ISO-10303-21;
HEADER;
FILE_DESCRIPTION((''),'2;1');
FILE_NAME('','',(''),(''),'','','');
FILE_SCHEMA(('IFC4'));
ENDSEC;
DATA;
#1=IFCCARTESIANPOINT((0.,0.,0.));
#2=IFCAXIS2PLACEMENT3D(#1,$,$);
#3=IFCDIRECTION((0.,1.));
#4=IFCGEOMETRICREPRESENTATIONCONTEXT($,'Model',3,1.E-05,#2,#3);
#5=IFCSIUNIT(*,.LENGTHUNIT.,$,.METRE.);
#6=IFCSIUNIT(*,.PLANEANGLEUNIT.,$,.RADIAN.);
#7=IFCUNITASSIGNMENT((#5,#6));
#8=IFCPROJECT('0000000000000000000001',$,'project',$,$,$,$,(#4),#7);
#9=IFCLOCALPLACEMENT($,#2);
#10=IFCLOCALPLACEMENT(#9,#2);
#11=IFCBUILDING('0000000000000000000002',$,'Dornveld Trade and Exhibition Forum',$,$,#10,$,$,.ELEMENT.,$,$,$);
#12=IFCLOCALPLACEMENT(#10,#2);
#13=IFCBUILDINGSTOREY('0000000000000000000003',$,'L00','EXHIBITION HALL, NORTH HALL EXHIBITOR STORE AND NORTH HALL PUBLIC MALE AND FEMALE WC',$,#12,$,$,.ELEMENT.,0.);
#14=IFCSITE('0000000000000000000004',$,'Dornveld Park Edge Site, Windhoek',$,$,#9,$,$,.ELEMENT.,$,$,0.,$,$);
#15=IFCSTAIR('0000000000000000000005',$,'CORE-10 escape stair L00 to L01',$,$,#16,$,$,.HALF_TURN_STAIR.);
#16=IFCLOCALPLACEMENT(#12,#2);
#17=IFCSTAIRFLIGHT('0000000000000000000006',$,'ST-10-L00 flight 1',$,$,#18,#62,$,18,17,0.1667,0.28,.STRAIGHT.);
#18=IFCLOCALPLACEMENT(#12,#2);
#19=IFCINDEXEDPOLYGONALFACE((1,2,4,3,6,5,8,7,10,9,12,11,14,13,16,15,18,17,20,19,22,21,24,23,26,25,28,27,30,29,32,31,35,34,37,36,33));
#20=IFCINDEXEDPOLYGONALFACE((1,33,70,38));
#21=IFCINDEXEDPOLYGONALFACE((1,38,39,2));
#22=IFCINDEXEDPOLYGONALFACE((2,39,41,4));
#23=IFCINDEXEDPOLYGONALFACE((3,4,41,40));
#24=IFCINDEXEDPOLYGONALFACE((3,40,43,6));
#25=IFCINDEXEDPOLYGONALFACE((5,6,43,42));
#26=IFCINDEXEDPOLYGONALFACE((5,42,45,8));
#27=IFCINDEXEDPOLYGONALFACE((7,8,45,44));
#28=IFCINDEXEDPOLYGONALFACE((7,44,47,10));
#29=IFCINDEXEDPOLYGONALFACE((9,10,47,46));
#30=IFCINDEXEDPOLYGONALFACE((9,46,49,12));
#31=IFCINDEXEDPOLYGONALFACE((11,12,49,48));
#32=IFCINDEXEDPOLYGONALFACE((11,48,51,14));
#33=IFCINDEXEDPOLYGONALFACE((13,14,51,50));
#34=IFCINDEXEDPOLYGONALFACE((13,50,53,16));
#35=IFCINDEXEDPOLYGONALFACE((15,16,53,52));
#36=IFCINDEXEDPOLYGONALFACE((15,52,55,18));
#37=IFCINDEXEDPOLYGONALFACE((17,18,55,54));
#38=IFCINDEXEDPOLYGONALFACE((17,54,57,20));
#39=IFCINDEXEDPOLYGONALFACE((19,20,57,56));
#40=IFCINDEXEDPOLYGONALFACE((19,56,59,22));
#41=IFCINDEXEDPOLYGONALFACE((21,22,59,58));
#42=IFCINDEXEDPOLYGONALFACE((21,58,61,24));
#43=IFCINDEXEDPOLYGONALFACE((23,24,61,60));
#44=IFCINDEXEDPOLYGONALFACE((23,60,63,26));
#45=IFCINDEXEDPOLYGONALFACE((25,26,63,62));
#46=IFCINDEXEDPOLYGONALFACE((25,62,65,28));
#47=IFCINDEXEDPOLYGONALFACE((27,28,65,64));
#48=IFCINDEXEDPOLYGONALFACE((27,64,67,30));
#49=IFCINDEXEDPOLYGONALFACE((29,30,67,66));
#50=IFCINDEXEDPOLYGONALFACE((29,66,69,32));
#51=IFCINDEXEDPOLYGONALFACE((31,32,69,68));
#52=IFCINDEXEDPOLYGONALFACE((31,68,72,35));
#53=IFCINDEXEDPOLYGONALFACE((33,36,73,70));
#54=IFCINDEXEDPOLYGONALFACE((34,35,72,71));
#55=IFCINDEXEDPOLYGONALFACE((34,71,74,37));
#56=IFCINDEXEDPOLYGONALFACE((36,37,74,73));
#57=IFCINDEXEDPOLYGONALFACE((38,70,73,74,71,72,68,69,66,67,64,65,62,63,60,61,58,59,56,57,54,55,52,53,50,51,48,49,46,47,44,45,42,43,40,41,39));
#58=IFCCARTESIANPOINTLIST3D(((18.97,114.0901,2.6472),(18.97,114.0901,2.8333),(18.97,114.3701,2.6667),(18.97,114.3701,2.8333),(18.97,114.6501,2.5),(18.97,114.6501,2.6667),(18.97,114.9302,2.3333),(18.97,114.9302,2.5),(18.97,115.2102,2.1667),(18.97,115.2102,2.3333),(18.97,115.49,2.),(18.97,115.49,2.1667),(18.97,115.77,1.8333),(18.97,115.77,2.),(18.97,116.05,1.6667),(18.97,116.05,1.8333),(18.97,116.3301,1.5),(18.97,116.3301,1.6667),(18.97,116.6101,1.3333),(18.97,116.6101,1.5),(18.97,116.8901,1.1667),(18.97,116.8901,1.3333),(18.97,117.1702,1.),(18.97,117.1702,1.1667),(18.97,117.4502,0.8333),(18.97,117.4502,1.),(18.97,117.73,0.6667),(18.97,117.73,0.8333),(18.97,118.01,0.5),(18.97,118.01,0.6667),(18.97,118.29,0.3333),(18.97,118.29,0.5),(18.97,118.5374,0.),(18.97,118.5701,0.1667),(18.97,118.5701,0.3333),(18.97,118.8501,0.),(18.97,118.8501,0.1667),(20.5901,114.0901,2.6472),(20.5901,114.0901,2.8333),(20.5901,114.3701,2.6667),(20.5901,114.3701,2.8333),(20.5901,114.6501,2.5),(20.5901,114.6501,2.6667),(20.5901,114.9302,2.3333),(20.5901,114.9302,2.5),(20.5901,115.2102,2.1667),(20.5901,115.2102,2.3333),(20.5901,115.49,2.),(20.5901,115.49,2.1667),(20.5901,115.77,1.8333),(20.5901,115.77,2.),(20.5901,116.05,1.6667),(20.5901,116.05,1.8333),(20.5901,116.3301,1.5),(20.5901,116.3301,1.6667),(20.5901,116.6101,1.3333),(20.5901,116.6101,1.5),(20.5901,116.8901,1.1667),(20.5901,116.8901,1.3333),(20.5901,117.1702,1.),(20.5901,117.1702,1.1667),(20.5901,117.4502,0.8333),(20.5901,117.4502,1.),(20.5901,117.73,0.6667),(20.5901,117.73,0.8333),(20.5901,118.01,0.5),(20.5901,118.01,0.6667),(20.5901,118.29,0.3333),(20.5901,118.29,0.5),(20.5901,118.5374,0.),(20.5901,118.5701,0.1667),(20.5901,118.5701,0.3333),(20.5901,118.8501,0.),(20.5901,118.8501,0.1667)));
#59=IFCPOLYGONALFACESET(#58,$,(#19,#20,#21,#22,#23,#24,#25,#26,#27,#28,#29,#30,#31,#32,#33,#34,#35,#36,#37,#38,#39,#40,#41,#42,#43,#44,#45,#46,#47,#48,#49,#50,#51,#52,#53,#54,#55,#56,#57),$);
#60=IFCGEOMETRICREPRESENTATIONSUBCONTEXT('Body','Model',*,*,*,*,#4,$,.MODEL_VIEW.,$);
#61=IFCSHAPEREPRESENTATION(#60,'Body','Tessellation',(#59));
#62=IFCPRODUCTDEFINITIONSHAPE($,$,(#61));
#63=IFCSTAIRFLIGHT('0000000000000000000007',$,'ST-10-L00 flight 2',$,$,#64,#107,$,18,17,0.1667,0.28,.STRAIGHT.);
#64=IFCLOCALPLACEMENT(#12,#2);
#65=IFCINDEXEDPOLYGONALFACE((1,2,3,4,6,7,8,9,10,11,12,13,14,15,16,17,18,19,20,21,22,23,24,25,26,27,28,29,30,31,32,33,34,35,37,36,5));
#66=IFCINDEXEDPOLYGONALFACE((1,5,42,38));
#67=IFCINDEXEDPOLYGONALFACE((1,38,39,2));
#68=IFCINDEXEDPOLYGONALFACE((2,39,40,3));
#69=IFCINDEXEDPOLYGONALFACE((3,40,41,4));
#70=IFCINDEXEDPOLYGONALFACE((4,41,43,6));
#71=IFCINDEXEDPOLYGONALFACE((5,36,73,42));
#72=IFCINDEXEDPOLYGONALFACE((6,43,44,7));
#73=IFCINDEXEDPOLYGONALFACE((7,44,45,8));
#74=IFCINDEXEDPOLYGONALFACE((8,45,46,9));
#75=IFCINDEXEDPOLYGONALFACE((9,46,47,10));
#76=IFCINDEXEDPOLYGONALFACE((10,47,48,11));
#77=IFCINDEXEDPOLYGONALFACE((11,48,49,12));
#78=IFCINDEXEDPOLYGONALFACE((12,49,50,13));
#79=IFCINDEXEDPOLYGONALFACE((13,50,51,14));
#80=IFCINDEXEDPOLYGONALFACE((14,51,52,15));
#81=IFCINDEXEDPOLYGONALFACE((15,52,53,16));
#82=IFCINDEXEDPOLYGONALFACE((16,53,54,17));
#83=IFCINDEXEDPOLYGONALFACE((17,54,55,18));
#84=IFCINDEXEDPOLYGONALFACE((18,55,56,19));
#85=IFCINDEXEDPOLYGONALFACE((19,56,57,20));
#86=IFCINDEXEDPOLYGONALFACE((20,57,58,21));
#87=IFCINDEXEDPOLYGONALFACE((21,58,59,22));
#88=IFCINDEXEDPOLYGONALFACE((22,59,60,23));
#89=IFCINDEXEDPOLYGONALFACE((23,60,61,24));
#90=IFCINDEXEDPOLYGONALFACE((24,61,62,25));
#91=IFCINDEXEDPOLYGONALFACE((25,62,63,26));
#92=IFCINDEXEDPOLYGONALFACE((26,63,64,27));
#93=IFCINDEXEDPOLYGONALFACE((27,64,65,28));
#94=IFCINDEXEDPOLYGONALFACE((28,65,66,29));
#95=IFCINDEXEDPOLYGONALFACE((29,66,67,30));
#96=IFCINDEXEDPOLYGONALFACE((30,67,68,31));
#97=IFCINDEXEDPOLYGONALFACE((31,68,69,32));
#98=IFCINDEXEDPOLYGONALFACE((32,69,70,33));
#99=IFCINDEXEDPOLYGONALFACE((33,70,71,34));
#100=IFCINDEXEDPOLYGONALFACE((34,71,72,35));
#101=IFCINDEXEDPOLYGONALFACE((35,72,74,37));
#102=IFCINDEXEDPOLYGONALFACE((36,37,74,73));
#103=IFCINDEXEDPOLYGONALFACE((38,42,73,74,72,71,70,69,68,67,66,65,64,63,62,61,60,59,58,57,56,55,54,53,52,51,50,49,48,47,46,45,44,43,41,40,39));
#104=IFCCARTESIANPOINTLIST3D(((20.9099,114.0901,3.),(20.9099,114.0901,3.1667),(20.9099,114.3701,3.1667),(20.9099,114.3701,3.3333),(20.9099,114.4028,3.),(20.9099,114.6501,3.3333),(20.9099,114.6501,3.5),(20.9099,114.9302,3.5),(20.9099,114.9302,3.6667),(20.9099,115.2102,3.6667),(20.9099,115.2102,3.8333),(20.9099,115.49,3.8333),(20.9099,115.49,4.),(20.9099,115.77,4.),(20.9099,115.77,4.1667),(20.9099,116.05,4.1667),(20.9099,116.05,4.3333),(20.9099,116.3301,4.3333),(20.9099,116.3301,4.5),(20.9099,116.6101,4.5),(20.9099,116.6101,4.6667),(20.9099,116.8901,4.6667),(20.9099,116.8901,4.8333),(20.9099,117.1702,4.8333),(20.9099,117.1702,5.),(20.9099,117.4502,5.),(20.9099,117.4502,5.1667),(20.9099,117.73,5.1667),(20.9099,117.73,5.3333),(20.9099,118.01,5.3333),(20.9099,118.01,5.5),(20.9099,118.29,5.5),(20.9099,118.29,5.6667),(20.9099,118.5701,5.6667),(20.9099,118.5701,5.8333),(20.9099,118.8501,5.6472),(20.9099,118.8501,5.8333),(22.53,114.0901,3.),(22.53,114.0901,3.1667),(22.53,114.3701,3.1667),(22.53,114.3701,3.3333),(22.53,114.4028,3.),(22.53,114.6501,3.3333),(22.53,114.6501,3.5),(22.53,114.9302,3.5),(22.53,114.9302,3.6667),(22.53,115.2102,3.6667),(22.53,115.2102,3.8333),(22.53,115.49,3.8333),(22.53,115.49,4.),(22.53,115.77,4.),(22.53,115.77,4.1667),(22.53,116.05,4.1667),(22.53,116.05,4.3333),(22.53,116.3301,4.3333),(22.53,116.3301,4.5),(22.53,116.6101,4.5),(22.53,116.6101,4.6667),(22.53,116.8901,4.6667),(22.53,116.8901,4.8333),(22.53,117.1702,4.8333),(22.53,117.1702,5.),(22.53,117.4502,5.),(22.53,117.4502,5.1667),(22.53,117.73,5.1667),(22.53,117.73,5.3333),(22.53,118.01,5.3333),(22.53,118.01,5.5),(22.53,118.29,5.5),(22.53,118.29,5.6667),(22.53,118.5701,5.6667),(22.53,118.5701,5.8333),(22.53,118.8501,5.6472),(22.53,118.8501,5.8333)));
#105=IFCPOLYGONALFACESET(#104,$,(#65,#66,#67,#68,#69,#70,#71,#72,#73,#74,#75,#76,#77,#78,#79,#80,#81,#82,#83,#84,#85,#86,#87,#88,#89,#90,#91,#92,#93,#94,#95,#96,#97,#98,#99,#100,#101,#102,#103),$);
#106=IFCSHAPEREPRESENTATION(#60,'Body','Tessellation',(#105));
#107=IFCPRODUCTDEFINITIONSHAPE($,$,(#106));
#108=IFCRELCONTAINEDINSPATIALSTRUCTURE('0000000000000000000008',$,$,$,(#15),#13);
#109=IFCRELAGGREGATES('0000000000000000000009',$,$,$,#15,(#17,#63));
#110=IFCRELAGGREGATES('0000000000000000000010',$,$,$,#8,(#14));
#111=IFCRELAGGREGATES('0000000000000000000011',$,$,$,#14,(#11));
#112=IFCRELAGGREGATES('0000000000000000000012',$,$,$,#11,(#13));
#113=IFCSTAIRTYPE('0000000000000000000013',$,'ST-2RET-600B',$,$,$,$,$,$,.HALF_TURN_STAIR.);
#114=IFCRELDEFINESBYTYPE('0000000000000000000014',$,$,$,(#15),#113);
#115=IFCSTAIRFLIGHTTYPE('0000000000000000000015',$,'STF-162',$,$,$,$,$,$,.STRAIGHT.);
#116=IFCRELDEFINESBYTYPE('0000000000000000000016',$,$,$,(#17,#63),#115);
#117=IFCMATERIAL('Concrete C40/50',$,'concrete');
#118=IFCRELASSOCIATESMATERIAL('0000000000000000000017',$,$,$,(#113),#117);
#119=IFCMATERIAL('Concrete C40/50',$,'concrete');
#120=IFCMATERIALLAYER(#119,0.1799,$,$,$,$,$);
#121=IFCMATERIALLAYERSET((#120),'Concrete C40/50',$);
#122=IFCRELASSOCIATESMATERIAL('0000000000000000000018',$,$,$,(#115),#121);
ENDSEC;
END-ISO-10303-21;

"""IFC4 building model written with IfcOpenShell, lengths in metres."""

from ifc_helpers import new_model, si_unit, direction, frame, origin, place, context, subcontext, project, spatial, polyline, outline, extrude, material, layer, layer_set, type_object, element, aggregate, save


model = new_model("IFC4")

# Units and contexts
model_context = context("Model", 3, precision=1e-05, world=origin(), true_north=direction((0.0, 1.0)))
body_context = subcontext(model_context, "Body", "Model", "MODEL_VIEW")
ifc_project = project(units=[si_unit("LENGTHUNIT", "METRE"), si_unit("PLANEANGLEUNIT", "RADIAN")], contexts=[model_context])

# Site, building, storey
site_placement = place(None, origin())
site = spatial("IfcSite", under=ifc_project, at=site_placement, Name="Dornveld Park Edge Site, Windhoek", CompositionType="ELEMENT", RefElevation=0.0)
building_placement = place(site_placement, origin())
building = spatial("IfcBuilding", under=site, at=building_placement, Name="Dornveld Trade and Exhibition Forum", CompositionType="ELEMENT")
storey_placement = place(building_placement, origin())
storey = spatial("IfcBuildingStorey", under=building, at=storey_placement, Name="L00", Description="EXHIBITION HALL, NORTH HALL EXHIBITOR STORE AND NORTH HALL PUBLIC MALE AND FEMALE WC", CompositionType="ELEMENT", Elevation=0.0)

# Stair, stair flights
ifc_material_1 = material(Name="Concrete C40/50", Category="concrete")
stair_type = type_object("IfcStairType", Name="ST-2RET-600B", PredefinedType="HALF_TURN_STAIR", material=ifc_material_1)
stair_placement = place(storey_placement, origin())
stair = element("IfcStair", 1, at=stair_placement, inside=storey, type_object=stair_type, Name="CORE-10 escape stair L00 to L01", PredefinedType="HALF_TURN_STAIR")
ifc_material_2 = material(Name="Concrete C40/50", Category="concrete")
ifc_layer_1 = layer(ifc_material_2, 0.1799)
ifc_layer_set_1 = layer_set([ifc_layer_1], Name="Concrete C40/50")
stair_flight_type = type_object("IfcStairFlightType", Name="STF-162", PredefinedType="STRAIGHT", material=ifc_layer_set_1)
stair_flight_1_placement = place(storey_placement, frame((19.78, 118.8501, 0.0), z_axis=(0.0, 0.0, 1.0), x_axis=(0.0, -1.0, 0.0)))
stair_flight_1 = element("IfcStairFlight", 2, at=stair_flight_1_placement, type_object=stair_flight_type, Name="ST-10-L00 flight 1", NumberOfRisers=18, NumberOfTreads=17, PredefinedType="STRAIGHT", RiserHeight=0.1667, TreadLength=0.28, context=body_context, shape_type="SweptSolid", body=[
    extrude(outline(polyline([(0.0, 0.0), (0.0, 0.1667), (0.28, 0.1667), (0.28, 0.3333), (0.5601, 0.3333), (0.5601, 0.5), (0.8401, 0.5), (0.8401, 0.6667), (1.1201, 0.6667), (1.1201, 0.8333), (1.3999, 0.8333), (1.3999, 1.0), (1.6799, 1.0), (1.6799, 1.1667), (1.96, 1.1667), (1.96, 1.3333), (2.24, 1.3333), (2.24, 1.5), (2.52, 1.5), (2.52, 1.6667), (2.8, 1.6667), (2.8, 1.8333), (3.0801, 1.8333), (3.0801, 2.0), (3.3601, 2.0), (3.3601, 2.1667), (3.6399, 2.1667), (3.6399, 2.3333), (3.9199, 2.3333), (3.9199, 2.5), (4.2, 2.5), (4.2, 2.6667), (4.48, 2.6667), (4.48, 2.8333), (4.76, 2.8333), (4.76, 3.0), (4.76, 2.6472), (0.3127, 0.0), (0.0, 0.0)])), frame((0.0, 0.8101, 0.0), z_axis=(0.0, -1.0, 0.0), x_axis=(1.0, 0.0, 0.0)), (0.0, 0.0, 1.0), 1.6201),
])
stair_flight_2_placement = place(storey_placement, frame((21.72, 114.0901, 3.0), z_axis=(0.0, 0.0, 1.0), x_axis=(0.0, 1.0, 0.0)))
stair_flight_2 = element("IfcStairFlight", 3, at=stair_flight_2_placement, type_object=stair_flight_type, Name="ST-10-L00 flight 2", NumberOfRisers=18, NumberOfTreads=17, PredefinedType="STRAIGHT", RiserHeight=0.1667, TreadLength=0.28, context=body_context, shape_type="SweptSolid", body=[
    extrude(outline(polyline([(0.0, 0.0), (0.0, 0.1667), (0.28, 0.1667), (0.28, 0.3333), (0.5601, 0.3333), (0.5601, 0.5), (0.8401, 0.5), (0.8401, 0.6667), (1.1201, 0.6667), (1.1201, 0.8333), (1.3999, 0.8333), (1.3999, 1.0), (1.6799, 1.0), (1.6799, 1.1667), (1.96, 1.1667), (1.96, 1.3333), (2.24, 1.3333), (2.24, 1.5), (2.52, 1.5), (2.52, 1.6667), (2.8, 1.6667), (2.8, 1.8333), (3.0801, 1.8333), (3.0801, 2.0), (3.3601, 2.0), (3.3601, 2.1667), (3.6399, 2.1667), (3.6399, 2.3333), (3.9199, 2.3333), (3.9199, 2.5), (4.2, 2.5), (4.2, 2.6667), (4.48, 2.6667), (4.48, 2.8333), (4.76, 2.8333), (4.76, 3.0), (4.76, 2.6472), (0.3127, 0.0), (0.0, 0.0)])), frame((0.0, 0.8101, 0.0), z_axis=(0.0, -1.0, 0.0), x_axis=(1.0, 0.0, 0.0)), (0.0, 0.0, 1.0), 1.6201),
])
aggregate(stair, [stair_flight_1, stair_flight_2])

save(model, "model.ifc")
